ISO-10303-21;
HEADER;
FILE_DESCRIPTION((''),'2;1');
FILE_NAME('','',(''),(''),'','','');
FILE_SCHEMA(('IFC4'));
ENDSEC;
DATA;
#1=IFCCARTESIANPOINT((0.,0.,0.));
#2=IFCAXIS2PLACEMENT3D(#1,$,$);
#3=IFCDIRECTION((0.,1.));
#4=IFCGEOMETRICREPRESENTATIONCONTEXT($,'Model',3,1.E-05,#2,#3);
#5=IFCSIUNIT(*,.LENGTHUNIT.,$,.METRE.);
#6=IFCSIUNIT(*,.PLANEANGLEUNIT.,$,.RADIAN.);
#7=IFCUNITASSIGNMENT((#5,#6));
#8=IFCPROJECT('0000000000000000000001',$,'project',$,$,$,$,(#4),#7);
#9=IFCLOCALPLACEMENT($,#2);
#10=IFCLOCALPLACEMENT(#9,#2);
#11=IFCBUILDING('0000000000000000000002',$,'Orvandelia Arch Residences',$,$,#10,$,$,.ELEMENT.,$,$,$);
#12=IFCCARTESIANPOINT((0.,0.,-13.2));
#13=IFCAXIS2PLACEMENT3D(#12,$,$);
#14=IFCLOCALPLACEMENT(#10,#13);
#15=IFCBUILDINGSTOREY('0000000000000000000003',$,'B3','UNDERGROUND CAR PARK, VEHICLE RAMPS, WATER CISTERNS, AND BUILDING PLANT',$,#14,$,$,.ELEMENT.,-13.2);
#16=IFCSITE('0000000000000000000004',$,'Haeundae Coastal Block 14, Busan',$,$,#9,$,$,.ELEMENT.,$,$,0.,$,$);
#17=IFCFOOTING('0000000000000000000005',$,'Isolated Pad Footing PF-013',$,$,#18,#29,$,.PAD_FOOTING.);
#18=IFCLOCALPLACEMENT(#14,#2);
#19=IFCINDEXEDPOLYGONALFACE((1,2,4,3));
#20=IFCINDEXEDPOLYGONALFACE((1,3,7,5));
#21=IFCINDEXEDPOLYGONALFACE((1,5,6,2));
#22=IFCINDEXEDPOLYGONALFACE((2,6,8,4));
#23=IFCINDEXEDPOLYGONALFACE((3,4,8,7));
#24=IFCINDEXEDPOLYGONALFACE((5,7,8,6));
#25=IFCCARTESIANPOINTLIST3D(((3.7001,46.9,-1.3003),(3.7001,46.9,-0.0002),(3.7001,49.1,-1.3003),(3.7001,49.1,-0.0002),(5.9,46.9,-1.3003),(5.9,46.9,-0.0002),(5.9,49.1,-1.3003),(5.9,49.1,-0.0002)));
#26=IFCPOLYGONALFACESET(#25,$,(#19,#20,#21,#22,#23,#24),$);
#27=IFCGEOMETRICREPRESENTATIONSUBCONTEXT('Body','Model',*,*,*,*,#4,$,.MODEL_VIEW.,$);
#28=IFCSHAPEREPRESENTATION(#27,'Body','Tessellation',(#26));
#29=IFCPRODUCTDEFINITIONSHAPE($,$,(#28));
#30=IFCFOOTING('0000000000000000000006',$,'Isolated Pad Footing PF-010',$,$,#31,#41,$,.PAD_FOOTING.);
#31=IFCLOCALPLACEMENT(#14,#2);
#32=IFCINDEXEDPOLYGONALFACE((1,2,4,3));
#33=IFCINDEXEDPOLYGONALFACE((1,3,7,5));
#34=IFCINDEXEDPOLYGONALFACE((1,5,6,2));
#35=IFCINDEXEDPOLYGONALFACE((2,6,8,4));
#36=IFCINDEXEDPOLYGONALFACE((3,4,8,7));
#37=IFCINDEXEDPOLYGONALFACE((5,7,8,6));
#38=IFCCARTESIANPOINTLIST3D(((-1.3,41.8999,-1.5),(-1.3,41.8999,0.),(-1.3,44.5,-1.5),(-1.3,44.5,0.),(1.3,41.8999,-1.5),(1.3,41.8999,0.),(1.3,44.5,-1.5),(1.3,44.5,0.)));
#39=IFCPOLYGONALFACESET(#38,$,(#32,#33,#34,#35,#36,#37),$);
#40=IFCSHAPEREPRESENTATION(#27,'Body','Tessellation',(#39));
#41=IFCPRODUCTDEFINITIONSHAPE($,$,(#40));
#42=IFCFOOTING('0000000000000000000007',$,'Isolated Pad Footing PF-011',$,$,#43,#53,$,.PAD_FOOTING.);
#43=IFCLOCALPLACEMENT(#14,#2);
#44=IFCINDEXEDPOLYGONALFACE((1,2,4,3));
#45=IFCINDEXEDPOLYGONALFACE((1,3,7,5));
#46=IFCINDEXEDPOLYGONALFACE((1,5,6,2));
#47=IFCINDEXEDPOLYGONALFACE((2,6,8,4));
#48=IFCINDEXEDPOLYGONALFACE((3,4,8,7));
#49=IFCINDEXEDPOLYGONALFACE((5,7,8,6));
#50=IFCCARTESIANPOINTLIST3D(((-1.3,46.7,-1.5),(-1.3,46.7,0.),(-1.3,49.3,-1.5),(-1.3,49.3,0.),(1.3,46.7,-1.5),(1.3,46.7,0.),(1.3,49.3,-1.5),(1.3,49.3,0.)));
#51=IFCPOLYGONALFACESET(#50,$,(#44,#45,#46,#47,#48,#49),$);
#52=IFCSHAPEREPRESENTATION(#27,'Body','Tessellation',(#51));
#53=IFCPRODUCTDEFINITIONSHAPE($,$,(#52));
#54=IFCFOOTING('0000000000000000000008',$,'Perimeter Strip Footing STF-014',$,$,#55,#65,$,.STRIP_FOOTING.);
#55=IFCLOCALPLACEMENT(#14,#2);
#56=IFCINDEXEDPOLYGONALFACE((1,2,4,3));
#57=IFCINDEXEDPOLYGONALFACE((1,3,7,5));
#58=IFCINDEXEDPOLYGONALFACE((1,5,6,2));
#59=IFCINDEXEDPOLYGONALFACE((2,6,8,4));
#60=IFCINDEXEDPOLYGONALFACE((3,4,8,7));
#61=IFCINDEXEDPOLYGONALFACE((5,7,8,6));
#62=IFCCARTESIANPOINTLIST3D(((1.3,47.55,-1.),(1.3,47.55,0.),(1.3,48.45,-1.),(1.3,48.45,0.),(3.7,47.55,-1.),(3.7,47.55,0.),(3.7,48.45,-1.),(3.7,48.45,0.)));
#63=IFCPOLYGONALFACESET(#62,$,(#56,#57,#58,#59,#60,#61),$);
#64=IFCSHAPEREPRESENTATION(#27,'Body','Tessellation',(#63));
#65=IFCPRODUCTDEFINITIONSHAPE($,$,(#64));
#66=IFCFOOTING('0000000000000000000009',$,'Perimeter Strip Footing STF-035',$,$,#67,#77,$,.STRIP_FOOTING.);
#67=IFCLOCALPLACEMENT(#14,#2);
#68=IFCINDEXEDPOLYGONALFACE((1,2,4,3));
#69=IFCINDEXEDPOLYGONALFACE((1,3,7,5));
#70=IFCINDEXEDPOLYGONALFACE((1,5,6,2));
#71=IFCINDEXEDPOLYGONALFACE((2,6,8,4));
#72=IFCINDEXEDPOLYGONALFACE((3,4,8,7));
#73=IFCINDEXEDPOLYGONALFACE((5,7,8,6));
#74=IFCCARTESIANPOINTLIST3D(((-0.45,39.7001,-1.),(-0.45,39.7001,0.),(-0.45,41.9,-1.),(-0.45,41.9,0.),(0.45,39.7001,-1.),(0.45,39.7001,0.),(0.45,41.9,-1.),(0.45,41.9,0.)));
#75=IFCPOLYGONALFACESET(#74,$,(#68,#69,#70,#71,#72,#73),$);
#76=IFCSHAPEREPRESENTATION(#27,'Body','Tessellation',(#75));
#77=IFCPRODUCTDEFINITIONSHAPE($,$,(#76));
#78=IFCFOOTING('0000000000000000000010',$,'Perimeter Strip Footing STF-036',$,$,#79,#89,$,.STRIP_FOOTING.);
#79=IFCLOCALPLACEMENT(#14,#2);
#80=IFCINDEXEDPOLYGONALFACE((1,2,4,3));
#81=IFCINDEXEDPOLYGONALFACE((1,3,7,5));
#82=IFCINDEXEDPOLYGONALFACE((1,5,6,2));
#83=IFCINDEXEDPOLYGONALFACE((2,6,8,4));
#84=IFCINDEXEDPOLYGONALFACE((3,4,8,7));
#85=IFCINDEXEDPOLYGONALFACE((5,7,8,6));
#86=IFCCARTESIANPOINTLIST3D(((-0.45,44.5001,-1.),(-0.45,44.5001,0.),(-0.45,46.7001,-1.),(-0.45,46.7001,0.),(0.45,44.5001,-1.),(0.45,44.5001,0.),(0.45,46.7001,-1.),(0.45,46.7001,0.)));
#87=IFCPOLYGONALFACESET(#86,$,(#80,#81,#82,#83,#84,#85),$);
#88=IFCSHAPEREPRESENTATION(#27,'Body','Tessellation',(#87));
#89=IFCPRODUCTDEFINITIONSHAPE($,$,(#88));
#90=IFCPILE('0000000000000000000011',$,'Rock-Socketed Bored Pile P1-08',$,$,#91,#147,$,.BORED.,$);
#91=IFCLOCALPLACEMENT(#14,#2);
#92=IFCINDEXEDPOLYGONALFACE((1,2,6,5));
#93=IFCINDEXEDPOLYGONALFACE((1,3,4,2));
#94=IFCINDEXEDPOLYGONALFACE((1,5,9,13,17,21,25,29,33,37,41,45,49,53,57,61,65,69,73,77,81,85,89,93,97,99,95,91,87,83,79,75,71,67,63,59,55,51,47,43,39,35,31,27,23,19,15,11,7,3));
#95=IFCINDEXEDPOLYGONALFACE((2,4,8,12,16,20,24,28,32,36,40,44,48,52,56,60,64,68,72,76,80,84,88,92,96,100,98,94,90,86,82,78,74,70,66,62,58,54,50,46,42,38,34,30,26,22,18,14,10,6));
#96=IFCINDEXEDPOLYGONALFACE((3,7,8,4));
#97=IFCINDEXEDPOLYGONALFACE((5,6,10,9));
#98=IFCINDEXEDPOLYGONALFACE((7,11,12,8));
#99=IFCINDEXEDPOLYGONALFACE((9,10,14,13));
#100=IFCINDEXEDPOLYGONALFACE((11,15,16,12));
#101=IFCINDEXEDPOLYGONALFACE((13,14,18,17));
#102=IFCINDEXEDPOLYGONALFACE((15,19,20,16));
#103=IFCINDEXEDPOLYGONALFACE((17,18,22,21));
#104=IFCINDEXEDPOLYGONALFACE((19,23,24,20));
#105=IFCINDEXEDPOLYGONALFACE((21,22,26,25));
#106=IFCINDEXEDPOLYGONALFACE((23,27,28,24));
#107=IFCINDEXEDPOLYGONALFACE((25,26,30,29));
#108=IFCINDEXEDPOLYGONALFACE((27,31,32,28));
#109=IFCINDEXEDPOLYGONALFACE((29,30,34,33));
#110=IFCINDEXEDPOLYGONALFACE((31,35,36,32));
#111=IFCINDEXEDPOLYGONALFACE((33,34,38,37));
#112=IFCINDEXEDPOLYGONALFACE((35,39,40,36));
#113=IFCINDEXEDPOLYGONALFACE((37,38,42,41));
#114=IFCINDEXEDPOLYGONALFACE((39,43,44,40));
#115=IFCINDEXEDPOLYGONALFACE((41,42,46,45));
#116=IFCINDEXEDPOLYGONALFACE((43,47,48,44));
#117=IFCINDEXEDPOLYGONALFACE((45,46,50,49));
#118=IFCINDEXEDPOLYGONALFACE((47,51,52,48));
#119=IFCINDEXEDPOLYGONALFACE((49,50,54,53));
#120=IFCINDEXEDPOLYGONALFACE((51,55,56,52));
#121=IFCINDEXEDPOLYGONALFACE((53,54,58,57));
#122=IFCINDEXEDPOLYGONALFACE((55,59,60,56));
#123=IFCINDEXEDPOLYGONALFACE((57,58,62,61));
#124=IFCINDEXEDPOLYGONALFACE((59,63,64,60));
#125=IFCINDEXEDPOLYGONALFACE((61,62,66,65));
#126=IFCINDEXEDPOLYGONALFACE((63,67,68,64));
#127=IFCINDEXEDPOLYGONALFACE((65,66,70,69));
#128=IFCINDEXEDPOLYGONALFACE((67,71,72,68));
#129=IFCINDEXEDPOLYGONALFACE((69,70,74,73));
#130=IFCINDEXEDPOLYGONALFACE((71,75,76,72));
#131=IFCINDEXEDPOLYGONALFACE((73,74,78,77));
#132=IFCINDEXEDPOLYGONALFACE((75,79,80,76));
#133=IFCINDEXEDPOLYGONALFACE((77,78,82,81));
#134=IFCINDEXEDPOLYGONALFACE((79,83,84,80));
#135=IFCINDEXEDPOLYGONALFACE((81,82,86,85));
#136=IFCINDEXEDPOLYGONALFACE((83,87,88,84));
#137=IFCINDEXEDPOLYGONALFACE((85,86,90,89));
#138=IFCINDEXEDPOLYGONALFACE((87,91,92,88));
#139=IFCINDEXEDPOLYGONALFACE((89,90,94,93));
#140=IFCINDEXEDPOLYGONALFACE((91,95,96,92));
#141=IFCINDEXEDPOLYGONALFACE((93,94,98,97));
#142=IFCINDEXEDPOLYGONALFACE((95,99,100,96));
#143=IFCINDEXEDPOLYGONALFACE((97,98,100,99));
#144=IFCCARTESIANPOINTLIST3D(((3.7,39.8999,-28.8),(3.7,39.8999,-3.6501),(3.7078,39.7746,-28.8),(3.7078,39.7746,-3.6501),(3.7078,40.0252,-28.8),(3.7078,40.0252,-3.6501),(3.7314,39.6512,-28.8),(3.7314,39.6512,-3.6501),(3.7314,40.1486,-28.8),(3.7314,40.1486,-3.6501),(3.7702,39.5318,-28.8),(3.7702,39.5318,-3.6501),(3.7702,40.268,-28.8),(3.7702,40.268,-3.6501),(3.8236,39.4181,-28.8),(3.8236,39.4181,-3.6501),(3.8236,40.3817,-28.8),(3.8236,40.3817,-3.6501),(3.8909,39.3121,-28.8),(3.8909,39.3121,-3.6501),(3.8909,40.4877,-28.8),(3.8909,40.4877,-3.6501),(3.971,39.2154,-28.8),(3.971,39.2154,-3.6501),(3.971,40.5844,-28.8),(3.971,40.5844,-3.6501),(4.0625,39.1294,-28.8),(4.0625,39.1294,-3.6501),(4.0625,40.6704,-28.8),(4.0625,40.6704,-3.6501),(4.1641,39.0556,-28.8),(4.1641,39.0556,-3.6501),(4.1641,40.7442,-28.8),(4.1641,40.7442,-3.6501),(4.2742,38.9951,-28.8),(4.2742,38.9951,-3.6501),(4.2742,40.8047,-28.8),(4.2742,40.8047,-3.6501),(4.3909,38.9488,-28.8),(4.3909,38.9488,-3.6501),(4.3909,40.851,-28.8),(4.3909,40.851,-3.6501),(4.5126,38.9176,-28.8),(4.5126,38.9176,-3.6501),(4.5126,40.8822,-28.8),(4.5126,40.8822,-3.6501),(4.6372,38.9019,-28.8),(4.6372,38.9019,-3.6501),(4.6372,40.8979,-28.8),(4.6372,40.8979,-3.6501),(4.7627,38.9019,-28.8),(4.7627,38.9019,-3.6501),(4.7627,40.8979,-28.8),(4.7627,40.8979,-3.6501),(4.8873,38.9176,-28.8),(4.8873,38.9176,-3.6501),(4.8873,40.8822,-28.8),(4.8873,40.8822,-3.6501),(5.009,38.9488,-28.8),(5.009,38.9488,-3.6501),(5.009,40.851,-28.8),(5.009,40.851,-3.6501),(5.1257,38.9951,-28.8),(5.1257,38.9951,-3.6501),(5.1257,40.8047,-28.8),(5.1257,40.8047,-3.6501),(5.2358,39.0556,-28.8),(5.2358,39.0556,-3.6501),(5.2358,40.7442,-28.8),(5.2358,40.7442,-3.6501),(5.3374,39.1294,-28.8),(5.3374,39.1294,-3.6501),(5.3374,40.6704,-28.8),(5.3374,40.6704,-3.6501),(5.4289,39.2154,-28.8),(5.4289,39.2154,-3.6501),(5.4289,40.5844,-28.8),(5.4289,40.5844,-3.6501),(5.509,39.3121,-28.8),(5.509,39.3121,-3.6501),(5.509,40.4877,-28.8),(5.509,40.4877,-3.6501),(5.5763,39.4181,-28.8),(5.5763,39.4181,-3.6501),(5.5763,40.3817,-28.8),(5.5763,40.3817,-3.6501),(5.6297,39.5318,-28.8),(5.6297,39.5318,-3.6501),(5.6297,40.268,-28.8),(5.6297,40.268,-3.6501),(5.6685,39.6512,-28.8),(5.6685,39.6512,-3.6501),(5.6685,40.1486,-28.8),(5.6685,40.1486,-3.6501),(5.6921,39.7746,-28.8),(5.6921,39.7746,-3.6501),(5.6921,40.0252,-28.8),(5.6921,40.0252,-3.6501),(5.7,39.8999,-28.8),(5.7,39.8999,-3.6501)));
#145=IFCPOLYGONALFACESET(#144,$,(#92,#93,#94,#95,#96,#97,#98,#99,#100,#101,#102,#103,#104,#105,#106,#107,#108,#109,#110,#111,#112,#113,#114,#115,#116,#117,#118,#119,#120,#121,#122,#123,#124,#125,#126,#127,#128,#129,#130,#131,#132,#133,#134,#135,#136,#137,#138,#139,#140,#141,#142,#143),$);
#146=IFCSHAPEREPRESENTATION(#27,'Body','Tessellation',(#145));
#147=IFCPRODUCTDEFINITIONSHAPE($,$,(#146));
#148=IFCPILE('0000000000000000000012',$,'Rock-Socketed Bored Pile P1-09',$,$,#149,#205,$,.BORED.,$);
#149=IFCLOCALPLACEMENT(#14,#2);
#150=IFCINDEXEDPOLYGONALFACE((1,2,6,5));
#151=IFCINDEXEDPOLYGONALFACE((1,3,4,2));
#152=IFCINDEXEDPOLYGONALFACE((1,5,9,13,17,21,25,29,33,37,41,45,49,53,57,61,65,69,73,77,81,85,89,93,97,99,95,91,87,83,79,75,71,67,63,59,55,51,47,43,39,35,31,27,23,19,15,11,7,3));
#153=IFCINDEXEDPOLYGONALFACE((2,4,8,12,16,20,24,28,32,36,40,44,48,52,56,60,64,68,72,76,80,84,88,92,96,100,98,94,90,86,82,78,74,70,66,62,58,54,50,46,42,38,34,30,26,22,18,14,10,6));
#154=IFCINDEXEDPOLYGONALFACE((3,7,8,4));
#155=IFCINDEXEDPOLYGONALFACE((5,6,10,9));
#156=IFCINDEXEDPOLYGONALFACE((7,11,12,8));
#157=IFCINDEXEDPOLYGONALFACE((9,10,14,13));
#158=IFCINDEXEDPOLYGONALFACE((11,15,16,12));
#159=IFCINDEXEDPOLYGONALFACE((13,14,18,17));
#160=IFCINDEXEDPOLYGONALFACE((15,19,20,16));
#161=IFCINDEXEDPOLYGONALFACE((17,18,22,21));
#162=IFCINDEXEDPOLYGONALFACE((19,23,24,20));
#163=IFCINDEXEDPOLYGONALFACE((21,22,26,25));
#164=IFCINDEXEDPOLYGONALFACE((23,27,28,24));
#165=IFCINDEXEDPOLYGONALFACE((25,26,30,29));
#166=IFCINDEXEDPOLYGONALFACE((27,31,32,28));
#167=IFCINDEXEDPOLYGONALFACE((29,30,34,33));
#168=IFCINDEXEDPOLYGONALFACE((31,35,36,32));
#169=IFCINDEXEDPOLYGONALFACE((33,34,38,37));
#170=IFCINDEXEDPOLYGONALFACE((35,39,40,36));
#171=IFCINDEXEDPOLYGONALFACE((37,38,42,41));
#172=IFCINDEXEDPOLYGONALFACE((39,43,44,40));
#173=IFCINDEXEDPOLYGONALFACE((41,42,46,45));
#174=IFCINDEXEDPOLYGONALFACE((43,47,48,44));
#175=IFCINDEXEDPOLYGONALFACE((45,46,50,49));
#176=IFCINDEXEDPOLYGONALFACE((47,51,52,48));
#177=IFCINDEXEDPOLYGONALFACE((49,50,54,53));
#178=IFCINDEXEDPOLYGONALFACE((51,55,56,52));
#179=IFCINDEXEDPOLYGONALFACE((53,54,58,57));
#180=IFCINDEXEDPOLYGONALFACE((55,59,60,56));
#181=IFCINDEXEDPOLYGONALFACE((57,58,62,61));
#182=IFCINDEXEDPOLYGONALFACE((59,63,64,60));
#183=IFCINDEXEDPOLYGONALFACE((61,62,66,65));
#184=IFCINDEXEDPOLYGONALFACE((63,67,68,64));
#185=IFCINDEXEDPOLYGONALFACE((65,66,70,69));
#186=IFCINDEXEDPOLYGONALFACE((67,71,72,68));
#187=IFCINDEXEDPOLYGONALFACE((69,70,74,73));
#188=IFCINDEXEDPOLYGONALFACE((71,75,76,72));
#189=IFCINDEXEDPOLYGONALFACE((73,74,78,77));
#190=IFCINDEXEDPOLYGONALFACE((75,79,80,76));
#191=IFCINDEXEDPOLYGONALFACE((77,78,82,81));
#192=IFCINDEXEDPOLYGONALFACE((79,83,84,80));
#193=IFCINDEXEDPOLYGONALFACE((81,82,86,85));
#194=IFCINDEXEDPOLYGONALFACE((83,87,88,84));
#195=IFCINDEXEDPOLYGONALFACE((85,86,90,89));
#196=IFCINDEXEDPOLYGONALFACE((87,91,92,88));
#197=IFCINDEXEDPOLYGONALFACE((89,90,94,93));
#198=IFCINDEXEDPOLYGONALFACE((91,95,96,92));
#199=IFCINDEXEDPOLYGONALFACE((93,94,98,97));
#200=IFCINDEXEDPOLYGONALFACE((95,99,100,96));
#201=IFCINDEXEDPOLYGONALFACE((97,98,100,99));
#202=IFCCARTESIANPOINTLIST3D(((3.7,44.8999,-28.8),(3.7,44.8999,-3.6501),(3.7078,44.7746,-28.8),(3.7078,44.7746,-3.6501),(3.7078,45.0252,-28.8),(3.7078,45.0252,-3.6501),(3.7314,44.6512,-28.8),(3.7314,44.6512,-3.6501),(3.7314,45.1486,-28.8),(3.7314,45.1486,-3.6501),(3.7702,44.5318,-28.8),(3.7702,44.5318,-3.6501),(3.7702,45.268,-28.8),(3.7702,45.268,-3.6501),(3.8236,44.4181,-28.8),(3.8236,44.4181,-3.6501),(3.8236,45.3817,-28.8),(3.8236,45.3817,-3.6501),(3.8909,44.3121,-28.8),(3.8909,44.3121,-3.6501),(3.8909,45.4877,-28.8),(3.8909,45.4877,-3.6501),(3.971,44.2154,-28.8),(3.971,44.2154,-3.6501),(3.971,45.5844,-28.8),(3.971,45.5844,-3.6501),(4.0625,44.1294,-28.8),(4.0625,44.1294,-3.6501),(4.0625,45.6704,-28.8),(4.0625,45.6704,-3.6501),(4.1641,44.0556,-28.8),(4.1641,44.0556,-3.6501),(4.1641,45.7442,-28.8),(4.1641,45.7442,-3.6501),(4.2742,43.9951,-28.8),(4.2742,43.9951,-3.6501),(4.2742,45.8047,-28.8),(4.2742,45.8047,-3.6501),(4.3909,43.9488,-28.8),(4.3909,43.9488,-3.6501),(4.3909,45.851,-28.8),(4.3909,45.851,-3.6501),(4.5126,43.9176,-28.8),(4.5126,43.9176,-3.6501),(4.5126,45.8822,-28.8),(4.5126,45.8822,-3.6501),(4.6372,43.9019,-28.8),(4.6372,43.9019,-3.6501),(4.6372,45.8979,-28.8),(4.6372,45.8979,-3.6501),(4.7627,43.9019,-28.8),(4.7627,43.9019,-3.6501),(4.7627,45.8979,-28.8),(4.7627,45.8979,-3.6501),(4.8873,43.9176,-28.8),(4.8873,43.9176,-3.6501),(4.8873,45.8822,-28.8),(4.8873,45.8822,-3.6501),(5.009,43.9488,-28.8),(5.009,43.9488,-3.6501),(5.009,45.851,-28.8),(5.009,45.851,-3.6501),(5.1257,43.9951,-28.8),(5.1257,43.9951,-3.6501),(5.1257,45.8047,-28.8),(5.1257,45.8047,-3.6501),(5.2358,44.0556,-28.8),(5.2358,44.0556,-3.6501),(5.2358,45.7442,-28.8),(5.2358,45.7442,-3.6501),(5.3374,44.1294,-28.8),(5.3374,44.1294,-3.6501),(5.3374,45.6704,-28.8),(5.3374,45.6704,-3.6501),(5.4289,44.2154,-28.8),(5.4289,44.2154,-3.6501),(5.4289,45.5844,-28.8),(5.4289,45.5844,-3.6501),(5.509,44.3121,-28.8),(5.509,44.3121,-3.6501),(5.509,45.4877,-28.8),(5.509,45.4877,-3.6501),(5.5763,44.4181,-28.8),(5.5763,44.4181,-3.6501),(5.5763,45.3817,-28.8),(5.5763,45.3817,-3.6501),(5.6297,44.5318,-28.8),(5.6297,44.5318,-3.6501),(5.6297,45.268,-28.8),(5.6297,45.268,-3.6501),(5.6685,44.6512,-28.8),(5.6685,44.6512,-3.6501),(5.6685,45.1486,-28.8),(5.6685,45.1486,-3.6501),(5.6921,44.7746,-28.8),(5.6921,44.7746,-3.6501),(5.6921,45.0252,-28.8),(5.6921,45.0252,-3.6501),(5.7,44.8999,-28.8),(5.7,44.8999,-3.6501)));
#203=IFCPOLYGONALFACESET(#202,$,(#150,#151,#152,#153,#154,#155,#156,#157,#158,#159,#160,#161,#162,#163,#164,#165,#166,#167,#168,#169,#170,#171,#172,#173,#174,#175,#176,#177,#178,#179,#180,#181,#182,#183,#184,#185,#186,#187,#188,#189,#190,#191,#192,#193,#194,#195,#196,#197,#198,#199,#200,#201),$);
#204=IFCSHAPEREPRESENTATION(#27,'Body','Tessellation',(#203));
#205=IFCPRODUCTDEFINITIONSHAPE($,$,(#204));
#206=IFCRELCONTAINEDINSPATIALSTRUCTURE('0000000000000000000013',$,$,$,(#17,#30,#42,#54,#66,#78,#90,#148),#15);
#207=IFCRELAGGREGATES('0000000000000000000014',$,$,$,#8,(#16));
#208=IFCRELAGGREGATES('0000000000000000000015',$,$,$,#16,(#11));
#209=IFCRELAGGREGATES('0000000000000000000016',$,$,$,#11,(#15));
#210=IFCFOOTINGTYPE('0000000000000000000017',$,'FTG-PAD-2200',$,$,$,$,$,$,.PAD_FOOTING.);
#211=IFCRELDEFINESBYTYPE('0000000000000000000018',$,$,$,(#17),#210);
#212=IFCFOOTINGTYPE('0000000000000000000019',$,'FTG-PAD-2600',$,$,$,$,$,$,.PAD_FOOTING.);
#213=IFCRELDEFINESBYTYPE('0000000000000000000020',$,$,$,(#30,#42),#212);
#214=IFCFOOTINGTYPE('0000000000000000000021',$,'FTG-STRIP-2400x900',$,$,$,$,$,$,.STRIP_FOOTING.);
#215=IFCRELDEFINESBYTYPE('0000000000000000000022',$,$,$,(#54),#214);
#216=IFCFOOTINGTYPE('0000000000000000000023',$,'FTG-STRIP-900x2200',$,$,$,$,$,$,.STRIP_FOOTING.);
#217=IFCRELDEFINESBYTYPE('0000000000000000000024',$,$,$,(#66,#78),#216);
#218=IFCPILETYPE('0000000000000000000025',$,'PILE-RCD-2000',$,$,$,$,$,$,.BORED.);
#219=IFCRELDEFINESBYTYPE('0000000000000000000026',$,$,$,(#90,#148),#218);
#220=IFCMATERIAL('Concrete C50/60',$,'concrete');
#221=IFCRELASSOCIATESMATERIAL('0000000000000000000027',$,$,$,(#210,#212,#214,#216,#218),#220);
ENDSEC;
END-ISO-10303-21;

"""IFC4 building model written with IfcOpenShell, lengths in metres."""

from ifc_helpers import new_model, si_unit, direction, frame, origin, origin_2d, place, context, subcontext, project, spatial, rectangle, circle, extrude, material, material_profile, profile_set, type_object, element, save


model = new_model("IFC4")

# Units and contexts
model_context = context("Model", 3, precision=1e-05, world=origin(), true_north=direction((0.0, 1.0)))
body_context = subcontext(model_context, "Body", "Model", "MODEL_VIEW")
ifc_project = project(units=[si_unit("LENGTHUNIT", "METRE"), si_unit("PLANEANGLEUNIT", "RADIAN")], contexts=[model_context])

# Site, building, storey
site_placement = place(None, origin())
site = spatial("IfcSite", under=ifc_project, at=site_placement, Name="Haeundae Coastal Block 14, Busan", CompositionType="ELEMENT", RefElevation=0.0)
building_placement = place(site_placement, origin())
building = spatial("IfcBuilding", under=site, at=building_placement, Name="Orvandelia Arch Residences", CompositionType="ELEMENT")
storey_placement = place(building_placement, frame((0.0, 0.0, -13.2)))
storey = spatial("IfcBuildingStorey", under=building, at=storey_placement, Name="B3", Description="UNDERGROUND CAR PARK, VEHICLE RAMPS, WATER CISTERNS, AND BUILDING PLANT", CompositionType="ELEMENT", Elevation=-13.2)

# Footings
ifc_material_1 = material(Name="Concrete C50/60", Category="concrete")
footing_type_1 = type_object("IfcFootingType", Name="FTG-PAD-2200", PredefinedType="PAD_FOOTING", material=ifc_material_1)
footing_1_placement = place(storey_placement, frame((4.8, 48.0, -1.3003), z_axis=(0.0, 0.0, 1.0), x_axis=(1.0, 0.0, 0.0)))
element("IfcFooting", 1, at=footing_1_placement, inside=storey, type_object=footing_type_1, Name="Isolated Pad Footing PF-013", PredefinedType="PAD_FOOTING", context=body_context, shape_type="SweptSolid", body=[
    extrude(rectangle(XDim=2.2, YDim=2.2, at=origin_2d()), origin(), (0.0, 0.0, 1.0), 1.3),
])
footing_type_2 = type_object("IfcFootingType", Name="FTG-PAD-2600", PredefinedType="PAD_FOOTING", material=ifc_material_1)
for number, where, z_axis, x_axis, name in (
    (2, (0.0, 43.2, -1.5), (0.0, 0.0, 1.0), (1.0, 0.0, 0.0), "Isolated Pad Footing PF-010"),
    (3, (0.0, 48.0, -1.5), (0.0, 0.0, 1.0), (1.0, 0.0, 0.0), "Isolated Pad Footing PF-011"),
):
    element("IfcFooting", number, at=place(storey_placement, frame(where, z_axis=z_axis, x_axis=x_axis)), inside=storey, type_object=footing_type_2, Name=name, PredefinedType="PAD_FOOTING", context=body_context, shape_type="SweptSolid", body=[
        extrude(rectangle(XDim=2.6001, YDim=2.6001, at=origin_2d()), origin(), (0.0, 0.0, 1.0), 1.5),
    ])
footing_type_3 = type_object("IfcFootingType", Name="FTG-STRIP-2400x900", PredefinedType="STRIP_FOOTING", material=ifc_material_1)
footing_2_placement = place(storey_placement, frame((2.5, 48.0, -1.0), z_axis=(0.0, 0.0, 1.0), x_axis=(1.0, 0.0, 0.0)))
element("IfcFooting", 4, at=footing_2_placement, inside=storey, type_object=footing_type_3, Name="Perimeter Strip Footing STF-014", PredefinedType="STRIP_FOOTING", context=body_context, shape_type="SweptSolid", body=[
    extrude(rectangle(XDim=2.3999, YDim=0.8999, at=origin_2d()), origin(), (0.0, 0.0, 1.0), 1.0),
])
footing_type_4 = type_object("IfcFootingType", Name="FTG-STRIP-900x2200", PredefinedType="STRIP_FOOTING", material=ifc_material_1)
for number, where, z_axis, x_axis, name in (
    (5, (0.0, 40.8, -1.0), (0.0, 0.0, 1.0), (1.0, 0.0, 0.0), "Perimeter Strip Footing STF-035"),
    (6, (0.0, 45.6001, -1.0), (0.0, 0.0, 1.0), (1.0, 0.0, 0.0), "Perimeter Strip Footing STF-036"),
):
    element("IfcFooting", number, at=place(storey_placement, frame(where, z_axis=z_axis, x_axis=x_axis)), inside=storey, type_object=footing_type_4, Name=name, PredefinedType="STRIP_FOOTING", context=body_context, shape_type="SweptSolid", body=[
        extrude(rectangle(XDim=0.8999, YDim=2.2, at=origin_2d()), origin(), (0.0, 0.0, 1.0), 1.0),
    ])

# Piles
ifc_material_profile_1 = material_profile(ifc_material_1, circle(Radius=1.0, at=origin_2d()), Name="Concrete C50/60", Category="concrete")
ifc_profile_set_1 = profile_set([ifc_material_profile_1], Name="Concrete C50/60")
pile_type = type_object("IfcPileType", Name="PILE-RCD-2000", PredefinedType="BORED", material=ifc_profile_set_1)
for number, where, z_axis, x_axis, name in (
    (7, (4.7, 39.8999, -3.6501), (0.0, 0.0, -1.0), (1.0, 0.0, 0.0), "Rock-Socketed Bored Pile P1-08"),
    (8, (4.7, 44.8999, -3.6501), (0.0, 0.0, -1.0), (1.0, 0.0, 0.0), "Rock-Socketed Bored Pile P1-09"),
):
    element("IfcPile", number, at=place(storey_placement, frame(where, z_axis=z_axis, x_axis=x_axis)), inside=storey, type_object=pile_type, Name=name, PredefinedType="BORED", context=body_context, shape_type="SweptSolid", body=[
        extrude(circle(Radius=1.0, at=origin_2d()), origin(), (0.0, 0.0, 1.0), 25.1499),
    ])

save(model, "model.ifc")
